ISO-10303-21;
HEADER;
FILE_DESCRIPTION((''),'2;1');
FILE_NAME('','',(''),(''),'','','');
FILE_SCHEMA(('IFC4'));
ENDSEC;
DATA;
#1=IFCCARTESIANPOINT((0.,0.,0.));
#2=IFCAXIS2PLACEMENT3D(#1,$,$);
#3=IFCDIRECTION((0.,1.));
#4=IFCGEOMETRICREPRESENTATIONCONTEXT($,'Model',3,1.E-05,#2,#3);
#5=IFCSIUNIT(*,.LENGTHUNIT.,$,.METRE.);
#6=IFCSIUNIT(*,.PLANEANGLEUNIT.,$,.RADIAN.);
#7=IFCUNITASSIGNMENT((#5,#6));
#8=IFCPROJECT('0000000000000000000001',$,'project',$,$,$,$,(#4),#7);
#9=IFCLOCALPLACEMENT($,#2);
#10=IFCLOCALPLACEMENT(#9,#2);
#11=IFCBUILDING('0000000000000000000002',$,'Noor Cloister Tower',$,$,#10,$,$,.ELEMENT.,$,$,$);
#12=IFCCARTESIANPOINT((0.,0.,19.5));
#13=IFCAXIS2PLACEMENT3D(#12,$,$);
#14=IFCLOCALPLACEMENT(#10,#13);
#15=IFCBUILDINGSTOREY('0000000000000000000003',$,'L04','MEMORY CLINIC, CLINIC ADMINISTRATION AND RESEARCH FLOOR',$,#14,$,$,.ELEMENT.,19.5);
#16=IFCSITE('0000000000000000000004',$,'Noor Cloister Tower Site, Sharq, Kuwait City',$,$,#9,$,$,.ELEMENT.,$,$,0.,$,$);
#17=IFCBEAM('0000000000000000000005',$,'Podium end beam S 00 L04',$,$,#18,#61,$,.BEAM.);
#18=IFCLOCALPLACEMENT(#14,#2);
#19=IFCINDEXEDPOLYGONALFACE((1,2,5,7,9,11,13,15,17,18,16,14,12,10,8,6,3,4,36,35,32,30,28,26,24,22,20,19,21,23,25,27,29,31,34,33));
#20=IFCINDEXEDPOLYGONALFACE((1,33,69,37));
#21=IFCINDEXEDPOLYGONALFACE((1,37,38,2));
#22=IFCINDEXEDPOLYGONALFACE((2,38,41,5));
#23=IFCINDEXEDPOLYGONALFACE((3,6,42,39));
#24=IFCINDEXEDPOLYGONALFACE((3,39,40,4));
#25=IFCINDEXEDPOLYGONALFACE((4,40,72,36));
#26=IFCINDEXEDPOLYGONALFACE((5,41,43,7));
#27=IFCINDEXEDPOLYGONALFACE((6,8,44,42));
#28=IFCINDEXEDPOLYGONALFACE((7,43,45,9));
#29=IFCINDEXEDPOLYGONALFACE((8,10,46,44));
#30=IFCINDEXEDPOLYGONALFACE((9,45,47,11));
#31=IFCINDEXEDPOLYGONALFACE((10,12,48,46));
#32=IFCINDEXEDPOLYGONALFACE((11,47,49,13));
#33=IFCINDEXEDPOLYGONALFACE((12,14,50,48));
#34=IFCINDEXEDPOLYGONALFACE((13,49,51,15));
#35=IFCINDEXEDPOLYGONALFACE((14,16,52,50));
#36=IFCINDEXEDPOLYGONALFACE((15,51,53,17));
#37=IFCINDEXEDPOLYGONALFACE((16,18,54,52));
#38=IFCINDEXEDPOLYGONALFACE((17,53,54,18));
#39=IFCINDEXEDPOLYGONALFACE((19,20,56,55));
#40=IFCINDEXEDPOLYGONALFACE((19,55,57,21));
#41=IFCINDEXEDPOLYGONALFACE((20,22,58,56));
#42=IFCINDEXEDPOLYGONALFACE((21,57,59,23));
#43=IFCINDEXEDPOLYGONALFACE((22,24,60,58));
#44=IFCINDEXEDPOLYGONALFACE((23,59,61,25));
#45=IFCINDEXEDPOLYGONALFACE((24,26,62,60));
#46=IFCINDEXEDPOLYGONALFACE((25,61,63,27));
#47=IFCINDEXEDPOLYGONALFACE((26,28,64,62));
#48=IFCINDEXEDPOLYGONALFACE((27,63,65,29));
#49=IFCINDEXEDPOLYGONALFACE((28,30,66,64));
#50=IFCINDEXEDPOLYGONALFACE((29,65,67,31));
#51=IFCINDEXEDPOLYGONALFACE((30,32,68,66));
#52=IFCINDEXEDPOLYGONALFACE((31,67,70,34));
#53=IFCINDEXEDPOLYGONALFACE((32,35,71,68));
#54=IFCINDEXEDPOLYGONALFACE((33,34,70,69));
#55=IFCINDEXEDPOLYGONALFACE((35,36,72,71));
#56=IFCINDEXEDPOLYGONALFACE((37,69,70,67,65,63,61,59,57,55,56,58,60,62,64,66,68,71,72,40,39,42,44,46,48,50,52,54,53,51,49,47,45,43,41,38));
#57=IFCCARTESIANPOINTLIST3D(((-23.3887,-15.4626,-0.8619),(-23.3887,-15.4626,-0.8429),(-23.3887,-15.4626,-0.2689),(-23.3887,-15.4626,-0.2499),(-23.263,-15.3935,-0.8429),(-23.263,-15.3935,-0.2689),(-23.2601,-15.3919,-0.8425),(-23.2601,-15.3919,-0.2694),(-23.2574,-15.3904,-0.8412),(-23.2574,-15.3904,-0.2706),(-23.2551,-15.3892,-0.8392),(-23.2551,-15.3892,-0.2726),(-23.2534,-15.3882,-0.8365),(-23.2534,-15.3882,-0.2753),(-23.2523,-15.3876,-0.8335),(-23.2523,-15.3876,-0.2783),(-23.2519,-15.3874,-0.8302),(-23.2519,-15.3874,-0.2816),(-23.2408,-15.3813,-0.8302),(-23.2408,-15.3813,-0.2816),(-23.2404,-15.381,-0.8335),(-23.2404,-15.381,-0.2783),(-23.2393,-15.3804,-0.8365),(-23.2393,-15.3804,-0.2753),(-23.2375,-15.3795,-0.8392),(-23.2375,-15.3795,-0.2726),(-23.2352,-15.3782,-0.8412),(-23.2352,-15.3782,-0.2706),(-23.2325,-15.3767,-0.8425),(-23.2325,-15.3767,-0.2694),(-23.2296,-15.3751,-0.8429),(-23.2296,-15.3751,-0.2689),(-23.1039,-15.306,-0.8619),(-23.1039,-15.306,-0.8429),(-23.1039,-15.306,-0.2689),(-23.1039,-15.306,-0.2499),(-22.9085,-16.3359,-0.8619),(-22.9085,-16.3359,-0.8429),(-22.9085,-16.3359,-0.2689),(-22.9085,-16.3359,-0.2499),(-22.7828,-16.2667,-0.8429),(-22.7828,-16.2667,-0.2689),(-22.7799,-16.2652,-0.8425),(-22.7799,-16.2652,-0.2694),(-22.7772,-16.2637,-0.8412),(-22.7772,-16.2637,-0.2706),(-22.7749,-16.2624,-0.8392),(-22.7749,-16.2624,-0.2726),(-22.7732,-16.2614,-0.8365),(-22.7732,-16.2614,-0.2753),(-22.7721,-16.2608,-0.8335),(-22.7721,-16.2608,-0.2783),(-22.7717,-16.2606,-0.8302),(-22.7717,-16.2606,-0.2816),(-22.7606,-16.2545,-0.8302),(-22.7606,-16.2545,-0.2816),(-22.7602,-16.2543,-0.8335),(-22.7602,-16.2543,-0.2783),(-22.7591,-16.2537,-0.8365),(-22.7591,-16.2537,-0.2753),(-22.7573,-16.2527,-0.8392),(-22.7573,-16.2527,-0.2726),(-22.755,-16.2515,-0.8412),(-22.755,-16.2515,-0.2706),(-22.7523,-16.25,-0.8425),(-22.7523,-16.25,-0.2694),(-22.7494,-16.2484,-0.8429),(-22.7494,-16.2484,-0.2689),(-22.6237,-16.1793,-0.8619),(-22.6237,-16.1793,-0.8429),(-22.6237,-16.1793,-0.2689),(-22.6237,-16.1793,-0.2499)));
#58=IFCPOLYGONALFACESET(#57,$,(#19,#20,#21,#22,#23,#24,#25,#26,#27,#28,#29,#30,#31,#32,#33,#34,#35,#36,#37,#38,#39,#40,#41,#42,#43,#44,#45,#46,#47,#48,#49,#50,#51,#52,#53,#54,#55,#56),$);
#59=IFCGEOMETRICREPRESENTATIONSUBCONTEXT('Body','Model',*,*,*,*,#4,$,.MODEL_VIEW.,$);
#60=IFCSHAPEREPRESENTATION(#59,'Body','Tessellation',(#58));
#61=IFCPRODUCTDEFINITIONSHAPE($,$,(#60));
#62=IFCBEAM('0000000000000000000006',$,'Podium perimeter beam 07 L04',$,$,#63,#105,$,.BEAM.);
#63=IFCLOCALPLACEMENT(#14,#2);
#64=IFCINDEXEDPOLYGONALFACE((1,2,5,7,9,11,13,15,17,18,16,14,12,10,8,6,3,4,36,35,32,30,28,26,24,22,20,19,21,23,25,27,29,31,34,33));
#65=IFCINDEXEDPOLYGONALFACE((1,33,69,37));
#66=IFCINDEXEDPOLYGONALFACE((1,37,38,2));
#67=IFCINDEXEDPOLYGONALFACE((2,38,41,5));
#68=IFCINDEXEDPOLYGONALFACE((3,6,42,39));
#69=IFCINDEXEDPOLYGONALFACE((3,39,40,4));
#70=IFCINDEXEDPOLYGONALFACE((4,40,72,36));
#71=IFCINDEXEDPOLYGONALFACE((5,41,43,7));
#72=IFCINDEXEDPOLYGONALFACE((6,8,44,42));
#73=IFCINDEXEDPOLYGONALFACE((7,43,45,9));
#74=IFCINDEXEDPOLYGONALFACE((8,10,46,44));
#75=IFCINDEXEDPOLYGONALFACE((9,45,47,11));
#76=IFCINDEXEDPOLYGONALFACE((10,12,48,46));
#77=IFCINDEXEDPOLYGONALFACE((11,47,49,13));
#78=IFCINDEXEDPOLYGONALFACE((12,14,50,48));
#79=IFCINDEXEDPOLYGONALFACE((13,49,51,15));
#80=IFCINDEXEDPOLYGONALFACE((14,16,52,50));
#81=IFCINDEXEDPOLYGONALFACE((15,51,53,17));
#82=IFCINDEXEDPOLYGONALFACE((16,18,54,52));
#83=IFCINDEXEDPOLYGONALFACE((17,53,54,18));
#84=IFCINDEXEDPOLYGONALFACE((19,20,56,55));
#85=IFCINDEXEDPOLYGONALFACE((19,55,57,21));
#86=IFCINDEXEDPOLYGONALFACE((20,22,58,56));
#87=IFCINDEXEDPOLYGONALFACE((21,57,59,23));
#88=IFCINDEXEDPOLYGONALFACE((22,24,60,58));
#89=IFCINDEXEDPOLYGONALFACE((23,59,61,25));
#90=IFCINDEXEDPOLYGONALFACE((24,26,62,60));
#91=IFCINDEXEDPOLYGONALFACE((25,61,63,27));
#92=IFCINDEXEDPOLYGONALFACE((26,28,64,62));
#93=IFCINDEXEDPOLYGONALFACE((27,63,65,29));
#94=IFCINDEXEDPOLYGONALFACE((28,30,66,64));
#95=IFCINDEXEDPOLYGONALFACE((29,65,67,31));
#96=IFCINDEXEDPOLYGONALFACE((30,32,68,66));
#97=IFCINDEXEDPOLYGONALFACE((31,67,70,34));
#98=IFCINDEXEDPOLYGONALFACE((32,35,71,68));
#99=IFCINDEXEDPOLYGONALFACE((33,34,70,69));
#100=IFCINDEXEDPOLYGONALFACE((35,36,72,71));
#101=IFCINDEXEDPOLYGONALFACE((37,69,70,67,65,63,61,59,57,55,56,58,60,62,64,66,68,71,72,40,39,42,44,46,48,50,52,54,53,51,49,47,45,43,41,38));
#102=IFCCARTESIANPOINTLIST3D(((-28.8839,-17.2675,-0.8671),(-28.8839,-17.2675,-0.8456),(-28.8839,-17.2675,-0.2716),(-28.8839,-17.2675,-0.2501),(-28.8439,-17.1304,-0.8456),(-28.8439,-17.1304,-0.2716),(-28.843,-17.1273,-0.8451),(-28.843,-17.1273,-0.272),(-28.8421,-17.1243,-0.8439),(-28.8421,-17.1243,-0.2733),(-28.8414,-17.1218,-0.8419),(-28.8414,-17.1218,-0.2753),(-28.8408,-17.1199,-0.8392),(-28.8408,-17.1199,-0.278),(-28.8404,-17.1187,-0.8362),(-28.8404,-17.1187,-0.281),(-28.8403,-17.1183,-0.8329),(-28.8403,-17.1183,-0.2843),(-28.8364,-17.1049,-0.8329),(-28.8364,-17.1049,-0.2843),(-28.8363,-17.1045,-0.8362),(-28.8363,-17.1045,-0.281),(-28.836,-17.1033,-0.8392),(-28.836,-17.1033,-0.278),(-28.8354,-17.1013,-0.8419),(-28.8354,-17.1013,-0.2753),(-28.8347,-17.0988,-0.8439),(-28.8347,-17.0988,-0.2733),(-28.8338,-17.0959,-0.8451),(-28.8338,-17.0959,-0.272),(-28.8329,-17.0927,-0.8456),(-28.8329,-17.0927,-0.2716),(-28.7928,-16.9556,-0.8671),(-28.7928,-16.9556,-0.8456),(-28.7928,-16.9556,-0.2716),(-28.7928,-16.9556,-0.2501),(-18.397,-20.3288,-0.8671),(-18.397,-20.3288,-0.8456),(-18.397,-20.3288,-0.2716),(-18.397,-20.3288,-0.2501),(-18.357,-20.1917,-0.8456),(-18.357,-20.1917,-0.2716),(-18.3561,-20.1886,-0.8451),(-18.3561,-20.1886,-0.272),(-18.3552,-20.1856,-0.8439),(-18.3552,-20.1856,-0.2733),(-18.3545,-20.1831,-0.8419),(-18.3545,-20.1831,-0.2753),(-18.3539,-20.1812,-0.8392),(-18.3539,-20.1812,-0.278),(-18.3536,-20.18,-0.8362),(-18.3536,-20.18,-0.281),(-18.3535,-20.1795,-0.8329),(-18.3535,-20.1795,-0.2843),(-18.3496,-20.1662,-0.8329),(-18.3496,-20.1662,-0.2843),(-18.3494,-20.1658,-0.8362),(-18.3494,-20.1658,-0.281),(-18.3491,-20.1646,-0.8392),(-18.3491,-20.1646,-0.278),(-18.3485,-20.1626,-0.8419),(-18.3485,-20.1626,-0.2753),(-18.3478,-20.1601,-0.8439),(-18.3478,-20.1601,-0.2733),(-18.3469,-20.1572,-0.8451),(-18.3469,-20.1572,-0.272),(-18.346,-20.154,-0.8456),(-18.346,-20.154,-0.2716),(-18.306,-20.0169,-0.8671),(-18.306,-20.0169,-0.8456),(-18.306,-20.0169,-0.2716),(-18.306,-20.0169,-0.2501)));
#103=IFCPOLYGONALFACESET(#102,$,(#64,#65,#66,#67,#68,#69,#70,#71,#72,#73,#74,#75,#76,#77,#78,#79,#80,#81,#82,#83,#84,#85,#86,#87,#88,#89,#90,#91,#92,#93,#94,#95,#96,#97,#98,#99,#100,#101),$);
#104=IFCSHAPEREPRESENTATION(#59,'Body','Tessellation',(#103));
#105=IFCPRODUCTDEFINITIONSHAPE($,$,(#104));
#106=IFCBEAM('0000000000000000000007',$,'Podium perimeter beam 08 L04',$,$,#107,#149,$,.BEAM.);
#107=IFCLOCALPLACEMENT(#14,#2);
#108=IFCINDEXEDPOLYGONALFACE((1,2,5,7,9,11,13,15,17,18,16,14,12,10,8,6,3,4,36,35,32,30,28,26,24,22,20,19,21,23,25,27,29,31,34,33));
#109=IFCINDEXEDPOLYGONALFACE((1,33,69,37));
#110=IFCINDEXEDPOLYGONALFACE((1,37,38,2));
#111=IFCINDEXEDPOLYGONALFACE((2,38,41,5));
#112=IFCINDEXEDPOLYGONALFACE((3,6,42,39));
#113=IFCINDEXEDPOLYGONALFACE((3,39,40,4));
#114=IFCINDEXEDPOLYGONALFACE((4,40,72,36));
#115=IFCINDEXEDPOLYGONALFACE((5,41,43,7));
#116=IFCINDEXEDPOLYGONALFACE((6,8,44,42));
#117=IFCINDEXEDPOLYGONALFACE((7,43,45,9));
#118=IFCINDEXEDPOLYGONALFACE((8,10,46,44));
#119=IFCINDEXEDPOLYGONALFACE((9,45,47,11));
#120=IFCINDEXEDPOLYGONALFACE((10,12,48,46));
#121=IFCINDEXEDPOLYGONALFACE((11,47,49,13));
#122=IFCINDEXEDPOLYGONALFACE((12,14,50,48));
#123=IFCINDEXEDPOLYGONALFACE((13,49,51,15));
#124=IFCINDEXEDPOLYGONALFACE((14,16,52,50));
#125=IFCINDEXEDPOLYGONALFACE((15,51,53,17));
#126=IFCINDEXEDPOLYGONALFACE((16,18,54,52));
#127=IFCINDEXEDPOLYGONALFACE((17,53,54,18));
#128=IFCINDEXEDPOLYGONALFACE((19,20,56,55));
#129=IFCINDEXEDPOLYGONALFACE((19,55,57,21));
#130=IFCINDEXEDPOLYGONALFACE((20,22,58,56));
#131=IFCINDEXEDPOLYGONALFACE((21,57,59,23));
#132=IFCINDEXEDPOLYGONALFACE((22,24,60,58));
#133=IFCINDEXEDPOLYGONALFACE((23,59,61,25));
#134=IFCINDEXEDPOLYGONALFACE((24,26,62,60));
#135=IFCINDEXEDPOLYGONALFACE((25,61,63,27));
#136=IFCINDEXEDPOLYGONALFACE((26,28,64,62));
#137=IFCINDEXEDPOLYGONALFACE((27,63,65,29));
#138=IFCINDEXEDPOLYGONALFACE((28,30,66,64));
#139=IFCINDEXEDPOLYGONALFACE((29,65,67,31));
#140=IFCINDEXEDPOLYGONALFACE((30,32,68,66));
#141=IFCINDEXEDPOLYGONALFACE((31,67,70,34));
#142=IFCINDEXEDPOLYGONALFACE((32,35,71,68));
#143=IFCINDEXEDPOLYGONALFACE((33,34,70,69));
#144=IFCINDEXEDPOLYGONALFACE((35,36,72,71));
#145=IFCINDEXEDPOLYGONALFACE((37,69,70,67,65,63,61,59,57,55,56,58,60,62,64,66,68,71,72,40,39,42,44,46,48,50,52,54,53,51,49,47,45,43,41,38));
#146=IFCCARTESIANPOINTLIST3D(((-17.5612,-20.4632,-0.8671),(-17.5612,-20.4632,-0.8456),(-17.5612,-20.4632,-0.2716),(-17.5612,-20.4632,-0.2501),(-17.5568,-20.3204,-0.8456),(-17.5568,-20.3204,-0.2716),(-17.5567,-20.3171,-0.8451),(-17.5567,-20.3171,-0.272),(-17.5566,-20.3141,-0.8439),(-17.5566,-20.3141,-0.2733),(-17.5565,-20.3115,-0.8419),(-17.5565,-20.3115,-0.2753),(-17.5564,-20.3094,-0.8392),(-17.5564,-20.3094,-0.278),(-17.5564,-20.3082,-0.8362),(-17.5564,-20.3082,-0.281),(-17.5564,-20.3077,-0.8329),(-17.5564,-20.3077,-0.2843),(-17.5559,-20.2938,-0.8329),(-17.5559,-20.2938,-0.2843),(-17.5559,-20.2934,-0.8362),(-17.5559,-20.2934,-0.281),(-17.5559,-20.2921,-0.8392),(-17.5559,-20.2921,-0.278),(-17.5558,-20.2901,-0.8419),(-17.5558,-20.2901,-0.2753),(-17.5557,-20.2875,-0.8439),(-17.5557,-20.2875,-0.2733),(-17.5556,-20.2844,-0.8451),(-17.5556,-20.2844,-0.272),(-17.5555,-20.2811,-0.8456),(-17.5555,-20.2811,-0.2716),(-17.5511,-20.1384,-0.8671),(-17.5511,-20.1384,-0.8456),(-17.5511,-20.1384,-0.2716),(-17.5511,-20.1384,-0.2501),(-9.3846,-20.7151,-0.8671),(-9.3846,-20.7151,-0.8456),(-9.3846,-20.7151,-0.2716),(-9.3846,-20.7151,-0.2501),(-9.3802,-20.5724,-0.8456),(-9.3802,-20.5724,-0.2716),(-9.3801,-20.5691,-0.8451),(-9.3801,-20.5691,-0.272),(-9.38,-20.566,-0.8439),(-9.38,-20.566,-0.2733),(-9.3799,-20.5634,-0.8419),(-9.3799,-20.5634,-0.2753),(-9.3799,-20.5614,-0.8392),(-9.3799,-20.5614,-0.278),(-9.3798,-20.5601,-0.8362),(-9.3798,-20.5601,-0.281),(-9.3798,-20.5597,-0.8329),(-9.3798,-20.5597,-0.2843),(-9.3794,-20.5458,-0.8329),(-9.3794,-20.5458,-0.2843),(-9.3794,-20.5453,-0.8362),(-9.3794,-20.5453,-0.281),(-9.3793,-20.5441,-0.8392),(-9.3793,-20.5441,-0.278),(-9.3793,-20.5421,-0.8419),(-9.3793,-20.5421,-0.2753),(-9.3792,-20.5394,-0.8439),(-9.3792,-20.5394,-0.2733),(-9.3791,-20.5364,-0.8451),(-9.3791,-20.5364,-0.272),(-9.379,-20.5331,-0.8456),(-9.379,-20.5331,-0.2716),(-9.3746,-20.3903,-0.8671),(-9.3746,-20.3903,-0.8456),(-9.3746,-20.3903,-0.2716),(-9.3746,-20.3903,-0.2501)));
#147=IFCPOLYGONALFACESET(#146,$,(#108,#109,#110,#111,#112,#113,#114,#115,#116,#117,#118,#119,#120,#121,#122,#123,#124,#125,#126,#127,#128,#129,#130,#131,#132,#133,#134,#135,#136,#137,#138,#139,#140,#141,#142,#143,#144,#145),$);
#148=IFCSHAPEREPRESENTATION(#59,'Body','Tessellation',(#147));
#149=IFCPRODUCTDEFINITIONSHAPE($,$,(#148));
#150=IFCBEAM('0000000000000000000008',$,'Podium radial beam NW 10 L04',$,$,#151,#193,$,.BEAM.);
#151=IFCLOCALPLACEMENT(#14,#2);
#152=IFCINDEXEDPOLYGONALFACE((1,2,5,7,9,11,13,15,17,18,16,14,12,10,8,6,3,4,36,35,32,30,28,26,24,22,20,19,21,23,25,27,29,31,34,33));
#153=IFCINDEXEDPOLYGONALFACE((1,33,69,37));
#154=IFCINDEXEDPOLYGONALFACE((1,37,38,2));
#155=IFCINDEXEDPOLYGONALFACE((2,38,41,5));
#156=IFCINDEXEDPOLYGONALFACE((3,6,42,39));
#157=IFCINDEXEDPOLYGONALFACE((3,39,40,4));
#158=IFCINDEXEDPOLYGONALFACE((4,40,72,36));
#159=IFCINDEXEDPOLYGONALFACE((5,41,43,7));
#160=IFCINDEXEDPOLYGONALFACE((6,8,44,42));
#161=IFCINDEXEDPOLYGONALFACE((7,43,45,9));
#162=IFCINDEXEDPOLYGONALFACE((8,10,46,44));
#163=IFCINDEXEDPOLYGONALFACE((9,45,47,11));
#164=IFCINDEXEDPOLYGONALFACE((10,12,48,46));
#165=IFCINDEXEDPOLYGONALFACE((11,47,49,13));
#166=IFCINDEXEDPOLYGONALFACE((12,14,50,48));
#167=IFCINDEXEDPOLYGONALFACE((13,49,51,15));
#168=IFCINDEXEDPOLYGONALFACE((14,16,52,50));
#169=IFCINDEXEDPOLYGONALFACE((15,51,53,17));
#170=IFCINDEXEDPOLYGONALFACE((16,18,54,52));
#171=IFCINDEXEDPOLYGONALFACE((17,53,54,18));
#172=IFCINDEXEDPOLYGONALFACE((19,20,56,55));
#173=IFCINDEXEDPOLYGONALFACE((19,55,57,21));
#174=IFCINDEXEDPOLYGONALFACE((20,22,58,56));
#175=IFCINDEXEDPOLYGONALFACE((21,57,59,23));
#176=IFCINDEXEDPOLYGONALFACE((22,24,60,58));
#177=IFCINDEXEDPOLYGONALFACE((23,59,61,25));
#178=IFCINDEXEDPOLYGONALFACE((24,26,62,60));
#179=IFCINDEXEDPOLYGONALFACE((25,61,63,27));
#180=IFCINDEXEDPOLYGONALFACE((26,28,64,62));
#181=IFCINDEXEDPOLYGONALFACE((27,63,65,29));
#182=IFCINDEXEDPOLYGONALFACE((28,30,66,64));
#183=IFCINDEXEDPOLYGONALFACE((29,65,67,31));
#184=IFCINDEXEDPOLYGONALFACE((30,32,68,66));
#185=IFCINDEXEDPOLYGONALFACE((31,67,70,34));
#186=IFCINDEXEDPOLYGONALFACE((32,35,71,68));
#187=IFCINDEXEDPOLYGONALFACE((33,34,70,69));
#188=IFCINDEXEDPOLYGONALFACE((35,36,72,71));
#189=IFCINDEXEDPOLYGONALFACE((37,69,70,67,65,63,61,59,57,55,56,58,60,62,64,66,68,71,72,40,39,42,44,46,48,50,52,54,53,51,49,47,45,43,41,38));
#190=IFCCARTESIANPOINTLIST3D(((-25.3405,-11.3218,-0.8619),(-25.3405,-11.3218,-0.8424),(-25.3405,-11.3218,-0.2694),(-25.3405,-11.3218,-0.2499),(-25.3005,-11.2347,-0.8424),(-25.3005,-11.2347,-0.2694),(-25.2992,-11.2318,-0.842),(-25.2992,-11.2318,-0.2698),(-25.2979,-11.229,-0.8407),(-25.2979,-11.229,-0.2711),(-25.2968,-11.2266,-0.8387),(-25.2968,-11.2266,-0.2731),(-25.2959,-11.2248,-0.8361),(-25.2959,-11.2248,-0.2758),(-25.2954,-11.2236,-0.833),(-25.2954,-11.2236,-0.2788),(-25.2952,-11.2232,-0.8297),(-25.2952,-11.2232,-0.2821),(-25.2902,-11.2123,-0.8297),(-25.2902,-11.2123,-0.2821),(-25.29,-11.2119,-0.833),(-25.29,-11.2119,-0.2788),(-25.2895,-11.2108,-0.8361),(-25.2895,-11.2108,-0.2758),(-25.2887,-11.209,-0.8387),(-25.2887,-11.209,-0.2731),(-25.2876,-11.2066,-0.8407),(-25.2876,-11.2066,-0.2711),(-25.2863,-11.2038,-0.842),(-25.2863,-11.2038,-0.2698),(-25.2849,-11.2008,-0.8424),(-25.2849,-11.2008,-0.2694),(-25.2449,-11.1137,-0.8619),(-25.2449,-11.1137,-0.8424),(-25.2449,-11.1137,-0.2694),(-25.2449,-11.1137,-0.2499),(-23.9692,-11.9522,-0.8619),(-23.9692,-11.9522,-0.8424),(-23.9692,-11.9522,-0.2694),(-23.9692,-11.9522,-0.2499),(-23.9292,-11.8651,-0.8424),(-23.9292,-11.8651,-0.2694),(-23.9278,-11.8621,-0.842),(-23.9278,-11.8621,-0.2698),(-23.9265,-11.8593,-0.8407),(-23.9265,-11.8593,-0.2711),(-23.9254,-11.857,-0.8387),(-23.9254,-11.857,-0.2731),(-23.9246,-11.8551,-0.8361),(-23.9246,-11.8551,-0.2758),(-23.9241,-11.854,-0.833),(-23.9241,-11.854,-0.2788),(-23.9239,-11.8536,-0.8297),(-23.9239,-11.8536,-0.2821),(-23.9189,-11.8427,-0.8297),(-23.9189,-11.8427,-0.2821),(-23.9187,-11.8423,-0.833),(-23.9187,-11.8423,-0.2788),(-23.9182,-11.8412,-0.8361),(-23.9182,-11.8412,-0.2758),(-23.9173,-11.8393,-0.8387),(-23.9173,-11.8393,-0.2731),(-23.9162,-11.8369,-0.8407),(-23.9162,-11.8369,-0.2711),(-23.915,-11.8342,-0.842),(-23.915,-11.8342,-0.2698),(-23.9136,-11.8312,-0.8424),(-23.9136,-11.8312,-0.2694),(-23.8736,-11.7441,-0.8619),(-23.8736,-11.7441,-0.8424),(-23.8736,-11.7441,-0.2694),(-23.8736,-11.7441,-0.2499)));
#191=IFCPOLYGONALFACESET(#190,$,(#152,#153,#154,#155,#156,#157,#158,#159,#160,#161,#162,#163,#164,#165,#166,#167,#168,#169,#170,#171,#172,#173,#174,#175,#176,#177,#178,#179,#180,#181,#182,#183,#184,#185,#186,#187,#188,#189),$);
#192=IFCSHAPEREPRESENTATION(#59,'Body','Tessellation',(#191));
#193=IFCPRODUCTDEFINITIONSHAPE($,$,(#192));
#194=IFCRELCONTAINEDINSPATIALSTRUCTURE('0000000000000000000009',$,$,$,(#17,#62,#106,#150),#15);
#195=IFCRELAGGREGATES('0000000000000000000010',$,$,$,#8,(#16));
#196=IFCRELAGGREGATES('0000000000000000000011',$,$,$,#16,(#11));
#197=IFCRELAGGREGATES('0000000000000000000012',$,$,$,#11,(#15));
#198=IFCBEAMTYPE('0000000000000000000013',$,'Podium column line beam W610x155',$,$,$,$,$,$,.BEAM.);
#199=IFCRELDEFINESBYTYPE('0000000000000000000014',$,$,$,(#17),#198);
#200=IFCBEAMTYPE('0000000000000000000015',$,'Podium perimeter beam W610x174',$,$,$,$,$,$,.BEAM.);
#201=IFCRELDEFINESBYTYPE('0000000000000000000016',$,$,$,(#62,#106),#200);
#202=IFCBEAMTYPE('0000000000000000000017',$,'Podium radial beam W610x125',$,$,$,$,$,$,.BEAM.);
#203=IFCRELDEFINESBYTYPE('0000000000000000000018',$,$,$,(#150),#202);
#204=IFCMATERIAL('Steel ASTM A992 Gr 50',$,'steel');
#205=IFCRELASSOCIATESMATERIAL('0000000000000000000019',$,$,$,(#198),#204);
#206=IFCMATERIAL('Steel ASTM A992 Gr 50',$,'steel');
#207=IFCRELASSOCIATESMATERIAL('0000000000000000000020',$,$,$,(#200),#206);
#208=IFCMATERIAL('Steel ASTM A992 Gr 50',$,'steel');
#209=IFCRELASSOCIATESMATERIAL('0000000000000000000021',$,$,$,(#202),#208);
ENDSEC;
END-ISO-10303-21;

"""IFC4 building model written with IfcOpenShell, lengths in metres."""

from ifc_helpers import new_model, si_unit, direction, frame, origin, origin_2d, place, context, subcontext, project, spatial, i_section, extrude, material, material_profile, profile_set, type_object, element, save


model = new_model("IFC4")

# Units and contexts
model_context = context("Model", 3, precision=1e-05, world=origin(), true_north=direction((0.0, 1.0)))
body_context = subcontext(model_context, "Body", "Model", "MODEL_VIEW")
ifc_project = project(units=[si_unit("LENGTHUNIT", "METRE"), si_unit("PLANEANGLEUNIT", "RADIAN")], contexts=[model_context])

# Site, building, storey
site_placement = place(None, origin())
site = spatial("IfcSite", under=ifc_project, at=site_placement, Name="Noor Cloister Tower Site, Sharq, Kuwait City", CompositionType="ELEMENT", RefElevation=0.0)
building_placement = place(site_placement, origin())
building = spatial("IfcBuilding", under=site, at=building_placement, Name="Noor Cloister Tower", CompositionType="ELEMENT")
storey_placement = place(building_placement, frame((0.0, 0.0, 19.5)))
storey = spatial("IfcBuildingStorey", under=building, at=storey_placement, Name="L04", Description="MEMORY CLINIC, CLINIC ADMINISTRATION AND RESEARCH FLOOR", CompositionType="ELEMENT", Elevation=19.5)

# Beams
ifc_material_1 = material(Name="Steel ASTM A992 Gr 50", Category="steel")
ifc_material_profile_1 = material_profile(ifc_material_1, i_section(OverallWidth=0.325, OverallDepth=0.6121, WebThickness=0.0127, FlangeThickness=0.019, FilletRadius=0.0127, at=origin_2d()), Name="W610x155")
ifc_profile_set_1 = profile_set([ifc_material_profile_1], Name="Steel ASTM A992 Gr 50")
beam_type_1 = type_object("IfcBeamType", Name="Podium column line beam W610x155", PredefinedType="BEAM", material=ifc_profile_set_1)
for number, where, z_axis, x_axis, name in (
    (1, (-22.7661, -16.2576, -0.5559), (-0.481853, 0.876252, 0.0), (-0.876252, -0.481853, 0.0), "Podium end beam S 00 L04"),
):
    element("IfcBeam", number, at=place(storey_placement, frame(where, z_axis=z_axis, x_axis=x_axis)), inside=storey, type_object=beam_type_1, Name=name, PredefinedType="BEAM", context=body_context, shape_type="SweptSolid", body=[
        extrude(i_section(OverallWidth=0.325, OverallDepth=0.6121, WebThickness=0.0127, FlangeThickness=0.019, FilletRadius=0.0127, at=origin_2d()), origin(), (0.0, 0.0, 1.0), 0.9966),
    ])
ifc_material_2 = material(Name="Steel ASTM A992 Gr 50", Category="steel")
ifc_material_profile_2 = material_profile(ifc_material_2, i_section(OverallWidth=0.325, OverallDepth=0.6169, WebThickness=0.0139, FlangeThickness=0.0215, FilletRadius=0.0127, at=origin_2d()), Name="W610x174")
ifc_profile_set_2 = profile_set([ifc_material_profile_2], Name="Steel ASTM A992 Gr 50")
beam_type_2 = type_object("IfcBeamType", Name="Podium perimeter beam W610x174", PredefinedType="BEAM", material=ifc_profile_set_2)
beam_1_placement = place(storey_placement, frame((-28.8384, -17.1116, -0.5586), z_axis=(0.959935, -0.280221, 0.0), x_axis=(0.280221, 0.959935, 0.0)))
element("IfcBeam", 2, at=beam_1_placement, inside=storey, type_object=beam_type_2, Name="Podium perimeter beam 07 L04", PredefinedType="BEAM", context=body_context, shape_type="SweptSolid", body=[
    extrude(i_section(OverallWidth=0.325, OverallDepth=0.6169, WebThickness=0.0139, FlangeThickness=0.0215, FilletRadius=0.0127, at=origin_2d()), origin(), (0.0, 0.0, 1.0), 10.9246),
])
beam_2_placement = place(storey_placement, frame((-17.5562, -20.3008, -0.5586), z_axis=(0.999526, -0.0308, 0.0), x_axis=(0.0308, 0.999526, 0.0)))
element("IfcBeam", 3, at=beam_2_placement, inside=storey, type_object=beam_type_2, Name="Podium perimeter beam 08 L04", PredefinedType="BEAM", context=body_context, shape_type="SweptSolid", body=[
    extrude(i_section(OverallWidth=0.325, OverallDepth=0.6169, WebThickness=0.0139, FlangeThickness=0.0215, FilletRadius=0.0127, at=origin_2d()), origin(), (0.0, 0.0, 1.0), 8.1804),
])
ifc_material_3 = material(Name="Steel ASTM A992 Gr 50", Category="steel")
ifc_material_profile_3 = material_profile(ifc_material_3, i_section(OverallWidth=0.229, OverallDepth=0.6121, WebThickness=0.012, FlangeThickness=0.0195, FilletRadius=0.0127, at=origin_2d()), Name="W610x125")
ifc_profile_set_3 = profile_set([ifc_material_profile_3], Name="Steel ASTM A992 Gr 50")
beam_type_3 = type_object("IfcBeamType", Name="Podium radial beam W610x125", PredefinedType="BEAM", material=ifc_profile_set_3)
for number, where, z_axis, x_axis, name in (
    (4, (-25.2927, -11.2178, -0.5559), (0.908602, -0.417663, 0.0), (0.417663, 0.908602, 0.0), "Podium radial beam NW 10 L04"),
):
    element("IfcBeam", number, at=place(storey_placement, frame(where, z_axis=z_axis, x_axis=x_axis)), inside=storey, type_object=beam_type_3, Name=name, PredefinedType="BEAM", context=body_context, shape_type="SweptSolid", body=[
        extrude(i_section(OverallWidth=0.229, OverallDepth=0.6121, WebThickness=0.012, FlangeThickness=0.0195, FilletRadius=0.0127, at=origin_2d()), origin(), (0.0, 0.0, 1.0), 1.5093),
    ])

save(model, "model.ifc")
